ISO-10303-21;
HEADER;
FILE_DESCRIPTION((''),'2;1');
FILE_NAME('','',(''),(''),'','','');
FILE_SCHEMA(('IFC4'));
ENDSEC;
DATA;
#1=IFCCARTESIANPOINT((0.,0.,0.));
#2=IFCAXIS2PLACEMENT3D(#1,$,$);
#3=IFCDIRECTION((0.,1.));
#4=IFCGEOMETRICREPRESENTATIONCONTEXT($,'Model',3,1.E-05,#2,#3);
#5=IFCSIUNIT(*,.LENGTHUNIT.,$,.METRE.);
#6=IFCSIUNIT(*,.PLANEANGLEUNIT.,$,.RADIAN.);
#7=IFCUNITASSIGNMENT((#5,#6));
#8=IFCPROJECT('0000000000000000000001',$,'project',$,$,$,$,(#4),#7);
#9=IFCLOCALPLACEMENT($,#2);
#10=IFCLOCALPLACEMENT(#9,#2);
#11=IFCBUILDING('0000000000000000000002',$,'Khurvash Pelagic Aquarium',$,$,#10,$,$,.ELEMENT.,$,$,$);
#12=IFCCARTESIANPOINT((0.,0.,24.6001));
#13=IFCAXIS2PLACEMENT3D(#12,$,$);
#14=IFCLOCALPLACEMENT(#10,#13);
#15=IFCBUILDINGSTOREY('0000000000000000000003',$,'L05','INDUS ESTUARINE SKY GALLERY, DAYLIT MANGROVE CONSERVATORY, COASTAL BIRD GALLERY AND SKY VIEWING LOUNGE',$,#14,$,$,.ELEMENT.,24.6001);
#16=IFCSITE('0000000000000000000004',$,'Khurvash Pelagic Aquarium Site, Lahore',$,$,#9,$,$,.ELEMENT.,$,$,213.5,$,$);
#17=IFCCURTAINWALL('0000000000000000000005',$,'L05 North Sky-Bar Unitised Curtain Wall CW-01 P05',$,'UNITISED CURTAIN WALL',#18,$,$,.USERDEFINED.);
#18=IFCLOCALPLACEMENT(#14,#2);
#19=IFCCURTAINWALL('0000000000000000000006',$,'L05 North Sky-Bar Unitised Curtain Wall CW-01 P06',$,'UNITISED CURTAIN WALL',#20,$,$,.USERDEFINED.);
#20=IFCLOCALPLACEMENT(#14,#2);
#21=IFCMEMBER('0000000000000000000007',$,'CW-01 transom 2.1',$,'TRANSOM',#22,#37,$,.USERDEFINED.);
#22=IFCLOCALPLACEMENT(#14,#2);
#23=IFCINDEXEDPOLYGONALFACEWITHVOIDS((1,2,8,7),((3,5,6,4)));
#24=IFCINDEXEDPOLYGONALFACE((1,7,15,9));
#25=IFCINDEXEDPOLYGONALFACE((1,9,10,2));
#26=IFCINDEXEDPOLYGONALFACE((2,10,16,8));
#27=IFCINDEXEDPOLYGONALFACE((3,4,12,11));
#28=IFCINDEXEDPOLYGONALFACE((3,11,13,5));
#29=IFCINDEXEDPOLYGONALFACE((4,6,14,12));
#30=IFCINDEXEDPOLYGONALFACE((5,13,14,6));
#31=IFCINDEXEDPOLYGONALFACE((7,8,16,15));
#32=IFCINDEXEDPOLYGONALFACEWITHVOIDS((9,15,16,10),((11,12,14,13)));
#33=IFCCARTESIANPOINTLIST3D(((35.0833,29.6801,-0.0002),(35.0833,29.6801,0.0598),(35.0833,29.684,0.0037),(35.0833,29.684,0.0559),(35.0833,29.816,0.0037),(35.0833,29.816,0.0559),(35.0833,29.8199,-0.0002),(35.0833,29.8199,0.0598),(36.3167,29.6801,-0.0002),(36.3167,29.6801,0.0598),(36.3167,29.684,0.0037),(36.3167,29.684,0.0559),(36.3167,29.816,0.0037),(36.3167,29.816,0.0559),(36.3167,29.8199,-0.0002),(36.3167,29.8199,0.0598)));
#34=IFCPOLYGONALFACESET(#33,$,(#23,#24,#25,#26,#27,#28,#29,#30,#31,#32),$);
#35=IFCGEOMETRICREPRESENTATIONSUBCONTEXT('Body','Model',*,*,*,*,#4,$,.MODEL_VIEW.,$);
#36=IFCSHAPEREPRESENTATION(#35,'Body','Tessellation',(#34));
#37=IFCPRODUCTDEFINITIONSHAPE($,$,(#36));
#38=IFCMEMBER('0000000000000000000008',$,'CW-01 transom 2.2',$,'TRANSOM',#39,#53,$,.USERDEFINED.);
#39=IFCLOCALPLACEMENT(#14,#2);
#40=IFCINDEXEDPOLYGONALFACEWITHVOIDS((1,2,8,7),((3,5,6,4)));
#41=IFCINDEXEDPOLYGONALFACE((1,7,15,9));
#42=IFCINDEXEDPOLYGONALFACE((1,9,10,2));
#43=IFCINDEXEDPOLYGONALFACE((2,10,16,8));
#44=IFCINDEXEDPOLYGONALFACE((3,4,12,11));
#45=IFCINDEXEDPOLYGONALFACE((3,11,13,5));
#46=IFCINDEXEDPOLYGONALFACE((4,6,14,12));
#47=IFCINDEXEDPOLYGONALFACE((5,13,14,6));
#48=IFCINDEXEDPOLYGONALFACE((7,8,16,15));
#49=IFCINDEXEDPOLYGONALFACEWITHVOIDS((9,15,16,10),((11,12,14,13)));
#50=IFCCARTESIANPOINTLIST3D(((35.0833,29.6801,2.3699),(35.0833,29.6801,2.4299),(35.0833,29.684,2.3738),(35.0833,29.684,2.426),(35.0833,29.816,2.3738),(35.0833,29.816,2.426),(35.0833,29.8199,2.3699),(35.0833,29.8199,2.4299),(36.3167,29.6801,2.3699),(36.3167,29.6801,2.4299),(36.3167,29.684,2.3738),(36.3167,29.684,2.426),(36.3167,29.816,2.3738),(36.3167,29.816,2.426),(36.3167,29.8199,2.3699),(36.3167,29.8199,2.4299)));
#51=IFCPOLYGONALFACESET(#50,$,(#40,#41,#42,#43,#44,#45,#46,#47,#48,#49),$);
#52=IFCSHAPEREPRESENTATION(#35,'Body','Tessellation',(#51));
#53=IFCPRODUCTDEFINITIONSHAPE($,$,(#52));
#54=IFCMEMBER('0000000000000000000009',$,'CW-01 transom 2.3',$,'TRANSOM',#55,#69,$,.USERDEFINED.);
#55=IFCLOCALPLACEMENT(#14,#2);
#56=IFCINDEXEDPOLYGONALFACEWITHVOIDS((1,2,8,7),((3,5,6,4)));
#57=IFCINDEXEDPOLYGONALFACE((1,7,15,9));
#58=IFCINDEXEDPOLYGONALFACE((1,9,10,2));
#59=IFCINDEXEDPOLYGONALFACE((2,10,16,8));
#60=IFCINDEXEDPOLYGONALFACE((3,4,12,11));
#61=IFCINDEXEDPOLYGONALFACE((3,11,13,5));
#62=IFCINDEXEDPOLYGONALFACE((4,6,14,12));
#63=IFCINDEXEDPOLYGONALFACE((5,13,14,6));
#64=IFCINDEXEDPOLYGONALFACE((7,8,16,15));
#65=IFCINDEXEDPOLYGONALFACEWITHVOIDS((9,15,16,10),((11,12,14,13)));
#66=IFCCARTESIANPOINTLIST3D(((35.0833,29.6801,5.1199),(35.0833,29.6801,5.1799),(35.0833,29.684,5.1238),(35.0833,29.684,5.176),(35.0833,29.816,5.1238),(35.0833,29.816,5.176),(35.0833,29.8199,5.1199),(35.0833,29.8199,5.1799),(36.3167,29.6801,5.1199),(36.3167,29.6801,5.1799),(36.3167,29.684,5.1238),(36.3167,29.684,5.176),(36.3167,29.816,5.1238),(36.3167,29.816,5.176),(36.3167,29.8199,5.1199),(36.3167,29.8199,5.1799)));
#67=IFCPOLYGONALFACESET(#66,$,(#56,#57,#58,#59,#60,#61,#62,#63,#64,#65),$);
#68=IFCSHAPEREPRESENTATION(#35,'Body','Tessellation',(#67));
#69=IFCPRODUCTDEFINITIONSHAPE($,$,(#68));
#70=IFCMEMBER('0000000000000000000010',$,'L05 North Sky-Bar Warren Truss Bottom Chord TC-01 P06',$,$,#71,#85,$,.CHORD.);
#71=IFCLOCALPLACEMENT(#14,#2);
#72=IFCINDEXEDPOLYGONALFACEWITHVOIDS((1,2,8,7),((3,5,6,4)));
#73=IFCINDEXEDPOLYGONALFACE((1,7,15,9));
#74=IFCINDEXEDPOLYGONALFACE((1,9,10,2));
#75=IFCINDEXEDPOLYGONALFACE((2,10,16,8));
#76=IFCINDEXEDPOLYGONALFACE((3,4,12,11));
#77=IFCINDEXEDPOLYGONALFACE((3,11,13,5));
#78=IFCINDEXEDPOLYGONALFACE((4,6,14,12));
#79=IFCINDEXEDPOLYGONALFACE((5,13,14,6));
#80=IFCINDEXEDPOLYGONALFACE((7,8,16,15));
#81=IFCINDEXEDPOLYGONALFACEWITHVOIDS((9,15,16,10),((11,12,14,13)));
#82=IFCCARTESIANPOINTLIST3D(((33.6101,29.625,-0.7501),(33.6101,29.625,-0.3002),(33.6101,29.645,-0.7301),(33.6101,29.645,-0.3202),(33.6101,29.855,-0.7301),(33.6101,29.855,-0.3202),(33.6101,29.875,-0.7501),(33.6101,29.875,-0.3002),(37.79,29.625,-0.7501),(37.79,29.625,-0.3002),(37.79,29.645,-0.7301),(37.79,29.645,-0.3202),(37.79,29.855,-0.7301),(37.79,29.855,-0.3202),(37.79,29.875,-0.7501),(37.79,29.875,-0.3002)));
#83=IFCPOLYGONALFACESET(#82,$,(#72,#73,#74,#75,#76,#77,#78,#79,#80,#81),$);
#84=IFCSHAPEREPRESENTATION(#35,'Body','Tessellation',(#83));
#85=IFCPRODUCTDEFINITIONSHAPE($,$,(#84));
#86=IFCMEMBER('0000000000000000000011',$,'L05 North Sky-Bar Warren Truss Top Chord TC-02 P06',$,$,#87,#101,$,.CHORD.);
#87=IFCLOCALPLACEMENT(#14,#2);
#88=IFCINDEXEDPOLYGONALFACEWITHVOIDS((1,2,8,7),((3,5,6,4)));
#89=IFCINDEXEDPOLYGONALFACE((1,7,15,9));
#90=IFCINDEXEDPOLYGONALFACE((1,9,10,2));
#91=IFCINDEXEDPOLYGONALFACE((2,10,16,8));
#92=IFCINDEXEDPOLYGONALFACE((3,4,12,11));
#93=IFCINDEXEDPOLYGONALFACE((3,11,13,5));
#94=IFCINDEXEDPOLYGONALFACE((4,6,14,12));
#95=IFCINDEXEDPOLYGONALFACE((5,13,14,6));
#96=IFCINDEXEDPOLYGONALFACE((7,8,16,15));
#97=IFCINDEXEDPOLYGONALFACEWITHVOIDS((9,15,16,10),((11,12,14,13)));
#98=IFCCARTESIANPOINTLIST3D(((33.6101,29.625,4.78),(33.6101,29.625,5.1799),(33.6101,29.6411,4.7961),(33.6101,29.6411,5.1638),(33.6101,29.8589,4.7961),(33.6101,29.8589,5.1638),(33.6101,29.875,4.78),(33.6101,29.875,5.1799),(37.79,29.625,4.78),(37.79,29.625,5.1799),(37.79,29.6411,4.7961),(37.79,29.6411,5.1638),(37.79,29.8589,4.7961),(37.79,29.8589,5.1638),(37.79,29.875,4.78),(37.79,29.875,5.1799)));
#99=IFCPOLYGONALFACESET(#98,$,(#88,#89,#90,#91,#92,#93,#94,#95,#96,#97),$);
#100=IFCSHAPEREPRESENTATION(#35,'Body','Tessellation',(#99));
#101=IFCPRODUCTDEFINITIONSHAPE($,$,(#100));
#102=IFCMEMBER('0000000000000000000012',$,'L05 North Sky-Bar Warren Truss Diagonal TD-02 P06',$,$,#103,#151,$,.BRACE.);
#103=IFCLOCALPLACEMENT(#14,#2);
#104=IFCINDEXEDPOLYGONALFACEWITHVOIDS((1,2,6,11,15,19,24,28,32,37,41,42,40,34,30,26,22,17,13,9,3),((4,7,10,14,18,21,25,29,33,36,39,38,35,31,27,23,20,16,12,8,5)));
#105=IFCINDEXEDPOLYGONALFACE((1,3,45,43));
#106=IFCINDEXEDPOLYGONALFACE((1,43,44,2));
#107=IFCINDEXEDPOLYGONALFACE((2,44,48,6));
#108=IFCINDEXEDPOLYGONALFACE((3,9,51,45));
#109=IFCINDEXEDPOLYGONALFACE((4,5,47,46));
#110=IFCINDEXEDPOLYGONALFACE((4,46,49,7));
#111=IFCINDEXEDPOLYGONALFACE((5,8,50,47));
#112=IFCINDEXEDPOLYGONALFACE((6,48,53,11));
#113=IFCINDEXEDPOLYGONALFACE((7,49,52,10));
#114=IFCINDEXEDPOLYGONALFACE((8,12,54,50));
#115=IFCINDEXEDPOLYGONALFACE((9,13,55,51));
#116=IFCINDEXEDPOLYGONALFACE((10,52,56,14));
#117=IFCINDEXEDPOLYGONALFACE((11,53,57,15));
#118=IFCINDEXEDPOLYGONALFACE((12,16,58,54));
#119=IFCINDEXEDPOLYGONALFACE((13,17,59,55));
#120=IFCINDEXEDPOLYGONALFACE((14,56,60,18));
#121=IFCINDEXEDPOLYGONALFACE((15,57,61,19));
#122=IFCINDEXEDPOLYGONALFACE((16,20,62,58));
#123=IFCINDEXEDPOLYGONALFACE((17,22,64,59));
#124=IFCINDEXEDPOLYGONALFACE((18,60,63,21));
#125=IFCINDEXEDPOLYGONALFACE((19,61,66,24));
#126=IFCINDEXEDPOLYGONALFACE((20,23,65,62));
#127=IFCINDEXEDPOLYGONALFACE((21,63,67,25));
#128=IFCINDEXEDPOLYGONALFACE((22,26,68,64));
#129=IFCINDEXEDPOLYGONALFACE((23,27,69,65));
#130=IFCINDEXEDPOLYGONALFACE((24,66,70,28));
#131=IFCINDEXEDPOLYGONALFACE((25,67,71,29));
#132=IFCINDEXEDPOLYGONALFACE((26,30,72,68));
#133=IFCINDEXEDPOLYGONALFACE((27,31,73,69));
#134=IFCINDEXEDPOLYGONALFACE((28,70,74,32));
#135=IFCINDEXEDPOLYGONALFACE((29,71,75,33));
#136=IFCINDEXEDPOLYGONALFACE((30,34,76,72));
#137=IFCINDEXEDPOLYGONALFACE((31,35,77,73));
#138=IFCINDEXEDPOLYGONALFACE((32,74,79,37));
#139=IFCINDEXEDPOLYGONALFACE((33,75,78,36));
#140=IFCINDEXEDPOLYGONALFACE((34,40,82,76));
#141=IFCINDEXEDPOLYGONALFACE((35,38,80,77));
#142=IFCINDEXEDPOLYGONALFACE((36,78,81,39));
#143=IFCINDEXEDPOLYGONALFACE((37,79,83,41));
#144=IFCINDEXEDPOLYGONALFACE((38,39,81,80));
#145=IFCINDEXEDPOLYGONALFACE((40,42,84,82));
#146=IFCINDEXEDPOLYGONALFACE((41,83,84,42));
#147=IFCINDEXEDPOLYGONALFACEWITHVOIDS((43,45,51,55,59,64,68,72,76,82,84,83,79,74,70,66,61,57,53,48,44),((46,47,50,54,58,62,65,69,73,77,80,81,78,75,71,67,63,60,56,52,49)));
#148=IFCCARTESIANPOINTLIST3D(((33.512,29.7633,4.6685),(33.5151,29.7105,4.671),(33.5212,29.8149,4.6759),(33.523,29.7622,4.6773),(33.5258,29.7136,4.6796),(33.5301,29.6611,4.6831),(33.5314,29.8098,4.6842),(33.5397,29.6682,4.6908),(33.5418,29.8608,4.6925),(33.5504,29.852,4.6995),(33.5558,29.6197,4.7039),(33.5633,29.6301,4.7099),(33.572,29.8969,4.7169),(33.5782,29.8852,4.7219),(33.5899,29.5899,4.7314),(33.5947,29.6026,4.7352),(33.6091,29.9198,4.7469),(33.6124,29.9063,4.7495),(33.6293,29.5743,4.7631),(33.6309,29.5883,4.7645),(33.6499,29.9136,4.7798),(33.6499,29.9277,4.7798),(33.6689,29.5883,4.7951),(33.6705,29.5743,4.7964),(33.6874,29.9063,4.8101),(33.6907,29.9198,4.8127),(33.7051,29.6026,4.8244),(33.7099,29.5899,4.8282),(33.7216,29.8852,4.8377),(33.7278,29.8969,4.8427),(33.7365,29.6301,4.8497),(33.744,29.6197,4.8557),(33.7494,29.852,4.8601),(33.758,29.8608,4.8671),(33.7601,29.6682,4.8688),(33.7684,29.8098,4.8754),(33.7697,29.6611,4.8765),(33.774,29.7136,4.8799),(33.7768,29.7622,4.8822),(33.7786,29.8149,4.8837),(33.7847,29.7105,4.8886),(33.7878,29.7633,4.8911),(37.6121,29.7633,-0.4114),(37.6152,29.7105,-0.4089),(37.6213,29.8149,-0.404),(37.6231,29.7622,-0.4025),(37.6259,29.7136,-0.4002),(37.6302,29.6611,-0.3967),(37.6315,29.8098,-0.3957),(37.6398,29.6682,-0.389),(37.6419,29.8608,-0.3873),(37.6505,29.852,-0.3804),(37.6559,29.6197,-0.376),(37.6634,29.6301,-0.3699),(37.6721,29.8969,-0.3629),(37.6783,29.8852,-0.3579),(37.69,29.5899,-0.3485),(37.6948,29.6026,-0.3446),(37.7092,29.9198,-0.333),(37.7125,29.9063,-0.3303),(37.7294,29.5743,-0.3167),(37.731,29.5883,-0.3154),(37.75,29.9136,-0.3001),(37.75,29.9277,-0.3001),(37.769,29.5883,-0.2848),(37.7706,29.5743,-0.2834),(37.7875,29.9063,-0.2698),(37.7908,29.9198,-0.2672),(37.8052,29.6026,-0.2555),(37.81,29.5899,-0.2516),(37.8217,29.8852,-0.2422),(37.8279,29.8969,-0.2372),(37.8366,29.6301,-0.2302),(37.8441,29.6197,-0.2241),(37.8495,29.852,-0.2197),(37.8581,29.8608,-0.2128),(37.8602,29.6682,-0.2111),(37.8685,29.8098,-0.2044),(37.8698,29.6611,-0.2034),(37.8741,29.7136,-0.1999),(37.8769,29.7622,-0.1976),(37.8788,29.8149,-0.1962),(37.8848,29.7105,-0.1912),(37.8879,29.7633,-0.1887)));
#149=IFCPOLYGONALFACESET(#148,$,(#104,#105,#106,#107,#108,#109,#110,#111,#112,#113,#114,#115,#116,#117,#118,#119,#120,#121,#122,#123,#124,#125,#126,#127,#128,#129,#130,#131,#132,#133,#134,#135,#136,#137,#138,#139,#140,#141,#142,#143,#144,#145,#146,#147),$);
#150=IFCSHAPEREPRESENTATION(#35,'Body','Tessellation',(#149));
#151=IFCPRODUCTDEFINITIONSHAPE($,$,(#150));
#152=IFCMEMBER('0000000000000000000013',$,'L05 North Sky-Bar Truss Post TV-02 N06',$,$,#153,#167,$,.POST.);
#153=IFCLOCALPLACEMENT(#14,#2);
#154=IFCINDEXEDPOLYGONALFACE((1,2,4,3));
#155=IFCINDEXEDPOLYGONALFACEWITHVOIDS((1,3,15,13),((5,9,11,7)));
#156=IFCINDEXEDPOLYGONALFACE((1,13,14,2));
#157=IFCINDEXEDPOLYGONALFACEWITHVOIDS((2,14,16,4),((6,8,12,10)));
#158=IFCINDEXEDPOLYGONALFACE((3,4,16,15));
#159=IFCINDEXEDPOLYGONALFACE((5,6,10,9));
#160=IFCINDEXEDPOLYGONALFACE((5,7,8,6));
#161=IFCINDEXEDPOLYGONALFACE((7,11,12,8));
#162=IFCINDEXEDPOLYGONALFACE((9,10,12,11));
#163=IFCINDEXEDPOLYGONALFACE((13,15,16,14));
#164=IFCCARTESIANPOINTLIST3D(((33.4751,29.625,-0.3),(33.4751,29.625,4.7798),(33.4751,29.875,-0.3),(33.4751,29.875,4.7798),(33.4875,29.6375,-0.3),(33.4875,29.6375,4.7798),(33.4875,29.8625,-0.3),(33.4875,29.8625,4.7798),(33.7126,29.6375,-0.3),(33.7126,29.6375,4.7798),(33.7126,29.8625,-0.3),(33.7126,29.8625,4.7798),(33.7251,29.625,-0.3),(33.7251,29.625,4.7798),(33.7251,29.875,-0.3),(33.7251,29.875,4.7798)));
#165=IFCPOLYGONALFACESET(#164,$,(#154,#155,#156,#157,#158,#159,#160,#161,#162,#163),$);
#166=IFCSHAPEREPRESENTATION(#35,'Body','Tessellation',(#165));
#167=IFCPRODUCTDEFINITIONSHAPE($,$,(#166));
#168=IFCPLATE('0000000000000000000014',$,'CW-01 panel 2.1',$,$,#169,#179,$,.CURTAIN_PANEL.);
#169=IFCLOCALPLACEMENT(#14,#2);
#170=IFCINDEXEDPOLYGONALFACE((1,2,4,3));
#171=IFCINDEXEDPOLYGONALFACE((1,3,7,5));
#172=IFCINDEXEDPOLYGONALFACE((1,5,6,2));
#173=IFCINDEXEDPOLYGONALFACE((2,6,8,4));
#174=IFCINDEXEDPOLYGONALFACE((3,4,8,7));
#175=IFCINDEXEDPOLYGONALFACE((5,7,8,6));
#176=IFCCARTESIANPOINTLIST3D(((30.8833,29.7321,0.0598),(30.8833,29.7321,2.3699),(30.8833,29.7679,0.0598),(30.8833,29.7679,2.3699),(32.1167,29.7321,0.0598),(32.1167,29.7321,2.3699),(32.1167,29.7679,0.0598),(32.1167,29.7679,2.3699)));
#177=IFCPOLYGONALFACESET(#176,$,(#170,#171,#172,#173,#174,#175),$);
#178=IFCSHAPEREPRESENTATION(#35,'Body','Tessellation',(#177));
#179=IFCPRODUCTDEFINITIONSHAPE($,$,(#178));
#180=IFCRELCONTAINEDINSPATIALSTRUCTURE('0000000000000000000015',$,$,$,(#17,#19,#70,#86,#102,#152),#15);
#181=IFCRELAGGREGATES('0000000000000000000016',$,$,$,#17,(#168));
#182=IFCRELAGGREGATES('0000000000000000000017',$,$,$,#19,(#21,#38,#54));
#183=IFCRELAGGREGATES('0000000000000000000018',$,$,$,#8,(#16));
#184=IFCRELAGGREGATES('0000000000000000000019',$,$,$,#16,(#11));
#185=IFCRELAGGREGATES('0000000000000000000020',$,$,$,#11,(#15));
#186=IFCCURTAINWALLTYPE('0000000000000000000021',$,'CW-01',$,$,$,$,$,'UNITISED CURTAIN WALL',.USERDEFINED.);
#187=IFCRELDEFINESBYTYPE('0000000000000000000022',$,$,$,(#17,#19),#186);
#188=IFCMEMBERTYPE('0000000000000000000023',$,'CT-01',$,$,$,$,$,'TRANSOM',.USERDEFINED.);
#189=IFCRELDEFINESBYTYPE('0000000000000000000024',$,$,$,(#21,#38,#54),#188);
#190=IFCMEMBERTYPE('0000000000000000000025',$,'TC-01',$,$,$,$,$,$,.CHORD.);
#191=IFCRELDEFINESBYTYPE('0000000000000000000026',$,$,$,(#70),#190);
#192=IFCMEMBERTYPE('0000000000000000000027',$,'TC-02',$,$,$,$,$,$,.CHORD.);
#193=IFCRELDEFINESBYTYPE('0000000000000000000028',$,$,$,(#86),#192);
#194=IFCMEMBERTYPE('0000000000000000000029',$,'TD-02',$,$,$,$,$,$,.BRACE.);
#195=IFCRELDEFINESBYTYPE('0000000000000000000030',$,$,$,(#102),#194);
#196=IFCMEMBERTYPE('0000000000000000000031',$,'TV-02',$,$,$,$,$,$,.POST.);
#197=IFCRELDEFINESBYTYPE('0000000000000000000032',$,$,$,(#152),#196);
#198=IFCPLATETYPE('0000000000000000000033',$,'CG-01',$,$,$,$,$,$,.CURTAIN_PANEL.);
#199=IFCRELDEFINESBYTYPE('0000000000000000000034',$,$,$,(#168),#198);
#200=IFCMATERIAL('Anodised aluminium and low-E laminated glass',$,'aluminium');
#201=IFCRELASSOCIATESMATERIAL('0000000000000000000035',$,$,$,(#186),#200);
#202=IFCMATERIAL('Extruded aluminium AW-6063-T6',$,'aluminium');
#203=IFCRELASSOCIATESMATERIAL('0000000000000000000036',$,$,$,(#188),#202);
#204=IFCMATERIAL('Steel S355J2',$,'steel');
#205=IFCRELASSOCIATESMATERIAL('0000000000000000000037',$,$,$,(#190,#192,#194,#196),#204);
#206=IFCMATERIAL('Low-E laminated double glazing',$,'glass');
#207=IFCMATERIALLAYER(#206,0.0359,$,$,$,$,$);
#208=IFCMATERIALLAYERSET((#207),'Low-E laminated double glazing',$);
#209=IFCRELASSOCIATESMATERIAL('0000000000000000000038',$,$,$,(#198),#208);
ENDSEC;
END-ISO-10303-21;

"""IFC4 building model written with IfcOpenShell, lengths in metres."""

from ifc_helpers import new_model, si_unit, direction, frame, origin, origin_2d, place, context, subcontext, project, spatial, rectangle, hollow_rectangle, hollow_circle, extrude, material, layer, layer_set, material_profile, profile_set, type_object, element, aggregate, save


model = new_model("IFC4")

# Units and contexts
model_context = context("Model", 3, precision=1e-05, world=origin(), true_north=direction((0.0, 1.0)))
body_context = subcontext(model_context, "Body", "Model", "MODEL_VIEW")
ifc_project = project(units=[si_unit("LENGTHUNIT", "METRE"), si_unit("PLANEANGLEUNIT", "RADIAN")], contexts=[model_context])

# Site, building, storey
site_placement = place(None, origin())
site = spatial("IfcSite", under=ifc_project, at=site_placement, Name="Khurvash Pelagic Aquarium Site, Lahore", CompositionType="ELEMENT", RefElevation=213.5)
building_placement = place(site_placement, origin())
building = spatial("IfcBuilding", under=site, at=building_placement, Name="Khurvash Pelagic Aquarium", CompositionType="ELEMENT")
storey_placement = place(building_placement, frame((0.0, 0.0, 24.6001)))
storey = spatial("IfcBuildingStorey", under=building, at=storey_placement, Name="L05", Description="INDUS ESTUARINE SKY GALLERY, DAYLIT MANGROVE CONSERVATORY, COASTAL BIRD GALLERY AND SKY VIEWING LOUNGE", CompositionType="ELEMENT", Elevation=24.6001)

# Curtain walls
ifc_material_1 = material(Name="Anodised aluminium and low-E laminated glass", Category="aluminium")
curtain_wall_type = type_object("IfcCurtainWallType", Name="CW-01", ElementType="UNITISED CURTAIN WALL", PredefinedType="USERDEFINED", material=ifc_material_1)
curtain_wall_1_placement = place(storey_placement, origin())
curtain_wall_1 = element("IfcCurtainWall", 1, at=curtain_wall_1_placement, inside=storey, type_object=curtain_wall_type, Name="L05 North Sky-Bar Unitised Curtain Wall CW-01 P05", ObjectType="UNITISED CURTAIN WALL", PredefinedType="USERDEFINED")
ifc_material_2 = material(Name="Extruded aluminium AW-6063-T6", Category="aluminium")
curtain_wall_2_placement = place(storey_placement, origin())
curtain_wall_2 = element("IfcCurtainWall", 2, at=curtain_wall_2_placement, inside=storey, type_object=curtain_wall_type, Name="L05 North Sky-Bar Unitised Curtain Wall CW-01 P06", ObjectType="UNITISED CURTAIN WALL", PredefinedType="USERDEFINED")

# Members
ifc_material_profile_1 = material_profile(ifc_material_2, hollow_rectangle(XDim=0.1399, YDim=0.0601, WallThickness=0.0039, at=origin_2d()), Name="CWT140X60X4")
ifc_profile_set_1 = profile_set([ifc_material_profile_1], Name="Extruded aluminium AW-6063-T6")
member_type_1 = type_object("IfcMemberType", Name="CT-01", ElementType="TRANSOM", PredefinedType="USERDEFINED", material=ifc_profile_set_1)
member_1_placement = place(storey_placement, frame((35.0833, 29.75, 0.0298), z_axis=(1.0, 0.0, 0.0), x_axis=(0.0, 1.0, 0.0)))
member_1 = element("IfcMember", 3, at=member_1_placement, type_object=member_type_1, Name="CW-01 transom 2.1", ObjectType="TRANSOM", PredefinedType="USERDEFINED", context=body_context, shape_type="SweptSolid", body=[
    extrude(hollow_rectangle(XDim=0.1399, YDim=0.0601, WallThickness=0.0039, at=origin_2d()), origin(), (0.0, 0.0, 1.0), 1.2334),
])
member_2_placement = place(storey_placement, frame((35.0833, 29.75, 2.3999), z_axis=(1.0, 0.0, 0.0), x_axis=(0.0, 1.0, 0.0)))
member_2 = element("IfcMember", 4, at=member_2_placement, type_object=member_type_1, Name="CW-01 transom 2.2", ObjectType="TRANSOM", PredefinedType="USERDEFINED", context=body_context, shape_type="SweptSolid", body=[
    extrude(hollow_rectangle(XDim=0.1399, YDim=0.0601, WallThickness=0.0039, at=origin_2d()), origin(), (0.0, 0.0, 1.0), 1.2334),
])
member_3_placement = place(storey_placement, frame((35.0833, 29.75, 5.1499), z_axis=(1.0, 0.0, 0.0), x_axis=(0.0, 1.0, 0.0)))
member_3 = element("IfcMember", 5, at=member_3_placement, type_object=member_type_1, Name="CW-01 transom 2.3", ObjectType="TRANSOM", PredefinedType="USERDEFINED", context=body_context, shape_type="SweptSolid", body=[
    extrude(hollow_rectangle(XDim=0.1399, YDim=0.0601, WallThickness=0.0039, at=origin_2d()), origin(), (0.0, 0.0, 1.0), 1.2334),
])

# Members
ifc_material_3 = material(Name="Steel S355J2", Category="steel")
ifc_material_profile_2 = material_profile(ifc_material_3, hollow_rectangle(XDim=0.25, YDim=0.45, WallThickness=0.02, at=origin_2d()), Name="RHS450X250X20")
ifc_profile_set_2 = profile_set([ifc_material_profile_2], Name="Steel S355J2")
member_type_2 = type_object("IfcMemberType", Name="TC-01", PredefinedType="CHORD", material=ifc_profile_set_2)
member_4_placement = place(storey_placement, frame((33.6101, 29.75, -0.5251), z_axis=(1.0, 0.0, 0.0), x_axis=(0.0, 1.0, 0.0)))
element("IfcMember", 6, at=member_4_placement, inside=storey, type_object=member_type_2, Name="L05 North Sky-Bar Warren Truss Bottom Chord TC-01 P06", PredefinedType="CHORD", context=body_context, shape_type="SweptSolid", body=[
    extrude(hollow_rectangle(XDim=0.25, YDim=0.45, WallThickness=0.02, at=origin_2d()), origin(), (0.0, 0.0, 1.0), 4.1799),
])
ifc_material_profile_3 = material_profile(ifc_material_3, hollow_rectangle(XDim=0.25, YDim=0.3999, WallThickness=0.0161, at=origin_2d()), Name="RHS400X250X16")
ifc_profile_set_3 = profile_set([ifc_material_profile_3], Name="Steel S355J2")
member_type_3 = type_object("IfcMemberType", Name="TC-02", PredefinedType="CHORD", material=ifc_profile_set_3)
member_5_placement = place(storey_placement, frame((33.6101, 29.75, 4.98), z_axis=(1.0, 0.0, 0.0), x_axis=(0.0, 1.0, 0.0)))
element("IfcMember", 7, at=member_5_placement, inside=storey, type_object=member_type_3, Name="L05 North Sky-Bar Warren Truss Top Chord TC-02 P06", PredefinedType="CHORD", context=body_context, shape_type="SweptSolid", body=[
    extrude(hollow_rectangle(XDim=0.25, YDim=0.3999, WallThickness=0.0161, at=origin_2d()), origin(), (0.0, 0.0, 1.0), 4.1799),
])
ifc_material_profile_4 = material_profile(ifc_material_3, hollow_circle(Radius=0.1777, WallThickness=0.0142, at=origin_2d()), Name="CHS355X14")
ifc_profile_set_4 = profile_set([ifc_material_profile_4], Name="Steel S355J2")
member_type_4 = type_object("IfcMemberType", Name="TD-02", PredefinedType="BRACE", material=ifc_profile_set_4)
member_6_placement = place(storey_placement, frame((33.6499, 29.75, 4.7798), z_axis=(0.628073, 0.0, -0.778154), x_axis=(0.0, 1.0, 0.0)))
element("IfcMember", 8, at=member_6_placement, inside=storey, type_object=member_type_4, Name="L05 North Sky-Bar Warren Truss Diagonal TD-02 P06", PredefinedType="BRACE", context=body_context, shape_type="SweptSolid", body=[
    extrude(hollow_circle(Radius=0.1777, WallThickness=0.0142, at=origin_2d()), origin(), (0.0, 0.0, 1.0), 6.5281),
])
ifc_material_profile_5 = material_profile(ifc_material_3, hollow_rectangle(XDim=0.25, YDim=0.25, WallThickness=0.0125, at=origin_2d()), Name="SHS250X250X12")
ifc_profile_set_5 = profile_set([ifc_material_profile_5], Name="Steel S355J2")
member_type_5 = type_object("IfcMemberType", Name="TV-02", PredefinedType="POST", material=ifc_profile_set_5)
member_7_placement = place(storey_placement, frame((33.6001, 29.75, -0.3), z_axis=(0.0, 0.0, 1.0), x_axis=(1.0, 0.0, 0.0)))
element("IfcMember", 9, at=member_7_placement, inside=storey, type_object=member_type_5, Name="L05 North Sky-Bar Truss Post TV-02 N06", PredefinedType="POST", context=body_context, shape_type="SweptSolid", body=[
    extrude(hollow_rectangle(XDim=0.25, YDim=0.25, WallThickness=0.0125, at=origin_2d()), origin(), (0.0, 0.0, 1.0), 5.0798),
])

# Plate
ifc_material_4 = material(Name="Low-E laminated double glazing", Category="glass")
ifc_layer = layer(ifc_material_4, 0.0359)
ifc_layer_set = layer_set([ifc_layer], Name="Low-E laminated double glazing")
plate_type = type_object("IfcPlateType", Name="CG-01", PredefinedType="CURTAIN_PANEL", material=ifc_layer_set)
plate_1_placement = place(storey_placement, frame((31.5, 29.75, 0.0598), z_axis=(0.0, 0.0, 1.0), x_axis=(1.0, 0.0, 0.0)))
plate_1 = element("IfcPlate", 10, at=plate_1_placement, type_object=plate_type, Name="CW-01 panel 2.1", PredefinedType="CURTAIN_PANEL", context=body_context, shape_type="SweptSolid", body=[
    extrude(rectangle(XDim=1.2334, YDim=0.0359, at=origin_2d()), origin(), (0.0, 0.0, 1.0), 2.3101),
])
aggregate(curtain_wall_1, [plate_1])
aggregate(curtain_wall_2, [member_1, member_2, member_3])

save(model, "model.ifc")
